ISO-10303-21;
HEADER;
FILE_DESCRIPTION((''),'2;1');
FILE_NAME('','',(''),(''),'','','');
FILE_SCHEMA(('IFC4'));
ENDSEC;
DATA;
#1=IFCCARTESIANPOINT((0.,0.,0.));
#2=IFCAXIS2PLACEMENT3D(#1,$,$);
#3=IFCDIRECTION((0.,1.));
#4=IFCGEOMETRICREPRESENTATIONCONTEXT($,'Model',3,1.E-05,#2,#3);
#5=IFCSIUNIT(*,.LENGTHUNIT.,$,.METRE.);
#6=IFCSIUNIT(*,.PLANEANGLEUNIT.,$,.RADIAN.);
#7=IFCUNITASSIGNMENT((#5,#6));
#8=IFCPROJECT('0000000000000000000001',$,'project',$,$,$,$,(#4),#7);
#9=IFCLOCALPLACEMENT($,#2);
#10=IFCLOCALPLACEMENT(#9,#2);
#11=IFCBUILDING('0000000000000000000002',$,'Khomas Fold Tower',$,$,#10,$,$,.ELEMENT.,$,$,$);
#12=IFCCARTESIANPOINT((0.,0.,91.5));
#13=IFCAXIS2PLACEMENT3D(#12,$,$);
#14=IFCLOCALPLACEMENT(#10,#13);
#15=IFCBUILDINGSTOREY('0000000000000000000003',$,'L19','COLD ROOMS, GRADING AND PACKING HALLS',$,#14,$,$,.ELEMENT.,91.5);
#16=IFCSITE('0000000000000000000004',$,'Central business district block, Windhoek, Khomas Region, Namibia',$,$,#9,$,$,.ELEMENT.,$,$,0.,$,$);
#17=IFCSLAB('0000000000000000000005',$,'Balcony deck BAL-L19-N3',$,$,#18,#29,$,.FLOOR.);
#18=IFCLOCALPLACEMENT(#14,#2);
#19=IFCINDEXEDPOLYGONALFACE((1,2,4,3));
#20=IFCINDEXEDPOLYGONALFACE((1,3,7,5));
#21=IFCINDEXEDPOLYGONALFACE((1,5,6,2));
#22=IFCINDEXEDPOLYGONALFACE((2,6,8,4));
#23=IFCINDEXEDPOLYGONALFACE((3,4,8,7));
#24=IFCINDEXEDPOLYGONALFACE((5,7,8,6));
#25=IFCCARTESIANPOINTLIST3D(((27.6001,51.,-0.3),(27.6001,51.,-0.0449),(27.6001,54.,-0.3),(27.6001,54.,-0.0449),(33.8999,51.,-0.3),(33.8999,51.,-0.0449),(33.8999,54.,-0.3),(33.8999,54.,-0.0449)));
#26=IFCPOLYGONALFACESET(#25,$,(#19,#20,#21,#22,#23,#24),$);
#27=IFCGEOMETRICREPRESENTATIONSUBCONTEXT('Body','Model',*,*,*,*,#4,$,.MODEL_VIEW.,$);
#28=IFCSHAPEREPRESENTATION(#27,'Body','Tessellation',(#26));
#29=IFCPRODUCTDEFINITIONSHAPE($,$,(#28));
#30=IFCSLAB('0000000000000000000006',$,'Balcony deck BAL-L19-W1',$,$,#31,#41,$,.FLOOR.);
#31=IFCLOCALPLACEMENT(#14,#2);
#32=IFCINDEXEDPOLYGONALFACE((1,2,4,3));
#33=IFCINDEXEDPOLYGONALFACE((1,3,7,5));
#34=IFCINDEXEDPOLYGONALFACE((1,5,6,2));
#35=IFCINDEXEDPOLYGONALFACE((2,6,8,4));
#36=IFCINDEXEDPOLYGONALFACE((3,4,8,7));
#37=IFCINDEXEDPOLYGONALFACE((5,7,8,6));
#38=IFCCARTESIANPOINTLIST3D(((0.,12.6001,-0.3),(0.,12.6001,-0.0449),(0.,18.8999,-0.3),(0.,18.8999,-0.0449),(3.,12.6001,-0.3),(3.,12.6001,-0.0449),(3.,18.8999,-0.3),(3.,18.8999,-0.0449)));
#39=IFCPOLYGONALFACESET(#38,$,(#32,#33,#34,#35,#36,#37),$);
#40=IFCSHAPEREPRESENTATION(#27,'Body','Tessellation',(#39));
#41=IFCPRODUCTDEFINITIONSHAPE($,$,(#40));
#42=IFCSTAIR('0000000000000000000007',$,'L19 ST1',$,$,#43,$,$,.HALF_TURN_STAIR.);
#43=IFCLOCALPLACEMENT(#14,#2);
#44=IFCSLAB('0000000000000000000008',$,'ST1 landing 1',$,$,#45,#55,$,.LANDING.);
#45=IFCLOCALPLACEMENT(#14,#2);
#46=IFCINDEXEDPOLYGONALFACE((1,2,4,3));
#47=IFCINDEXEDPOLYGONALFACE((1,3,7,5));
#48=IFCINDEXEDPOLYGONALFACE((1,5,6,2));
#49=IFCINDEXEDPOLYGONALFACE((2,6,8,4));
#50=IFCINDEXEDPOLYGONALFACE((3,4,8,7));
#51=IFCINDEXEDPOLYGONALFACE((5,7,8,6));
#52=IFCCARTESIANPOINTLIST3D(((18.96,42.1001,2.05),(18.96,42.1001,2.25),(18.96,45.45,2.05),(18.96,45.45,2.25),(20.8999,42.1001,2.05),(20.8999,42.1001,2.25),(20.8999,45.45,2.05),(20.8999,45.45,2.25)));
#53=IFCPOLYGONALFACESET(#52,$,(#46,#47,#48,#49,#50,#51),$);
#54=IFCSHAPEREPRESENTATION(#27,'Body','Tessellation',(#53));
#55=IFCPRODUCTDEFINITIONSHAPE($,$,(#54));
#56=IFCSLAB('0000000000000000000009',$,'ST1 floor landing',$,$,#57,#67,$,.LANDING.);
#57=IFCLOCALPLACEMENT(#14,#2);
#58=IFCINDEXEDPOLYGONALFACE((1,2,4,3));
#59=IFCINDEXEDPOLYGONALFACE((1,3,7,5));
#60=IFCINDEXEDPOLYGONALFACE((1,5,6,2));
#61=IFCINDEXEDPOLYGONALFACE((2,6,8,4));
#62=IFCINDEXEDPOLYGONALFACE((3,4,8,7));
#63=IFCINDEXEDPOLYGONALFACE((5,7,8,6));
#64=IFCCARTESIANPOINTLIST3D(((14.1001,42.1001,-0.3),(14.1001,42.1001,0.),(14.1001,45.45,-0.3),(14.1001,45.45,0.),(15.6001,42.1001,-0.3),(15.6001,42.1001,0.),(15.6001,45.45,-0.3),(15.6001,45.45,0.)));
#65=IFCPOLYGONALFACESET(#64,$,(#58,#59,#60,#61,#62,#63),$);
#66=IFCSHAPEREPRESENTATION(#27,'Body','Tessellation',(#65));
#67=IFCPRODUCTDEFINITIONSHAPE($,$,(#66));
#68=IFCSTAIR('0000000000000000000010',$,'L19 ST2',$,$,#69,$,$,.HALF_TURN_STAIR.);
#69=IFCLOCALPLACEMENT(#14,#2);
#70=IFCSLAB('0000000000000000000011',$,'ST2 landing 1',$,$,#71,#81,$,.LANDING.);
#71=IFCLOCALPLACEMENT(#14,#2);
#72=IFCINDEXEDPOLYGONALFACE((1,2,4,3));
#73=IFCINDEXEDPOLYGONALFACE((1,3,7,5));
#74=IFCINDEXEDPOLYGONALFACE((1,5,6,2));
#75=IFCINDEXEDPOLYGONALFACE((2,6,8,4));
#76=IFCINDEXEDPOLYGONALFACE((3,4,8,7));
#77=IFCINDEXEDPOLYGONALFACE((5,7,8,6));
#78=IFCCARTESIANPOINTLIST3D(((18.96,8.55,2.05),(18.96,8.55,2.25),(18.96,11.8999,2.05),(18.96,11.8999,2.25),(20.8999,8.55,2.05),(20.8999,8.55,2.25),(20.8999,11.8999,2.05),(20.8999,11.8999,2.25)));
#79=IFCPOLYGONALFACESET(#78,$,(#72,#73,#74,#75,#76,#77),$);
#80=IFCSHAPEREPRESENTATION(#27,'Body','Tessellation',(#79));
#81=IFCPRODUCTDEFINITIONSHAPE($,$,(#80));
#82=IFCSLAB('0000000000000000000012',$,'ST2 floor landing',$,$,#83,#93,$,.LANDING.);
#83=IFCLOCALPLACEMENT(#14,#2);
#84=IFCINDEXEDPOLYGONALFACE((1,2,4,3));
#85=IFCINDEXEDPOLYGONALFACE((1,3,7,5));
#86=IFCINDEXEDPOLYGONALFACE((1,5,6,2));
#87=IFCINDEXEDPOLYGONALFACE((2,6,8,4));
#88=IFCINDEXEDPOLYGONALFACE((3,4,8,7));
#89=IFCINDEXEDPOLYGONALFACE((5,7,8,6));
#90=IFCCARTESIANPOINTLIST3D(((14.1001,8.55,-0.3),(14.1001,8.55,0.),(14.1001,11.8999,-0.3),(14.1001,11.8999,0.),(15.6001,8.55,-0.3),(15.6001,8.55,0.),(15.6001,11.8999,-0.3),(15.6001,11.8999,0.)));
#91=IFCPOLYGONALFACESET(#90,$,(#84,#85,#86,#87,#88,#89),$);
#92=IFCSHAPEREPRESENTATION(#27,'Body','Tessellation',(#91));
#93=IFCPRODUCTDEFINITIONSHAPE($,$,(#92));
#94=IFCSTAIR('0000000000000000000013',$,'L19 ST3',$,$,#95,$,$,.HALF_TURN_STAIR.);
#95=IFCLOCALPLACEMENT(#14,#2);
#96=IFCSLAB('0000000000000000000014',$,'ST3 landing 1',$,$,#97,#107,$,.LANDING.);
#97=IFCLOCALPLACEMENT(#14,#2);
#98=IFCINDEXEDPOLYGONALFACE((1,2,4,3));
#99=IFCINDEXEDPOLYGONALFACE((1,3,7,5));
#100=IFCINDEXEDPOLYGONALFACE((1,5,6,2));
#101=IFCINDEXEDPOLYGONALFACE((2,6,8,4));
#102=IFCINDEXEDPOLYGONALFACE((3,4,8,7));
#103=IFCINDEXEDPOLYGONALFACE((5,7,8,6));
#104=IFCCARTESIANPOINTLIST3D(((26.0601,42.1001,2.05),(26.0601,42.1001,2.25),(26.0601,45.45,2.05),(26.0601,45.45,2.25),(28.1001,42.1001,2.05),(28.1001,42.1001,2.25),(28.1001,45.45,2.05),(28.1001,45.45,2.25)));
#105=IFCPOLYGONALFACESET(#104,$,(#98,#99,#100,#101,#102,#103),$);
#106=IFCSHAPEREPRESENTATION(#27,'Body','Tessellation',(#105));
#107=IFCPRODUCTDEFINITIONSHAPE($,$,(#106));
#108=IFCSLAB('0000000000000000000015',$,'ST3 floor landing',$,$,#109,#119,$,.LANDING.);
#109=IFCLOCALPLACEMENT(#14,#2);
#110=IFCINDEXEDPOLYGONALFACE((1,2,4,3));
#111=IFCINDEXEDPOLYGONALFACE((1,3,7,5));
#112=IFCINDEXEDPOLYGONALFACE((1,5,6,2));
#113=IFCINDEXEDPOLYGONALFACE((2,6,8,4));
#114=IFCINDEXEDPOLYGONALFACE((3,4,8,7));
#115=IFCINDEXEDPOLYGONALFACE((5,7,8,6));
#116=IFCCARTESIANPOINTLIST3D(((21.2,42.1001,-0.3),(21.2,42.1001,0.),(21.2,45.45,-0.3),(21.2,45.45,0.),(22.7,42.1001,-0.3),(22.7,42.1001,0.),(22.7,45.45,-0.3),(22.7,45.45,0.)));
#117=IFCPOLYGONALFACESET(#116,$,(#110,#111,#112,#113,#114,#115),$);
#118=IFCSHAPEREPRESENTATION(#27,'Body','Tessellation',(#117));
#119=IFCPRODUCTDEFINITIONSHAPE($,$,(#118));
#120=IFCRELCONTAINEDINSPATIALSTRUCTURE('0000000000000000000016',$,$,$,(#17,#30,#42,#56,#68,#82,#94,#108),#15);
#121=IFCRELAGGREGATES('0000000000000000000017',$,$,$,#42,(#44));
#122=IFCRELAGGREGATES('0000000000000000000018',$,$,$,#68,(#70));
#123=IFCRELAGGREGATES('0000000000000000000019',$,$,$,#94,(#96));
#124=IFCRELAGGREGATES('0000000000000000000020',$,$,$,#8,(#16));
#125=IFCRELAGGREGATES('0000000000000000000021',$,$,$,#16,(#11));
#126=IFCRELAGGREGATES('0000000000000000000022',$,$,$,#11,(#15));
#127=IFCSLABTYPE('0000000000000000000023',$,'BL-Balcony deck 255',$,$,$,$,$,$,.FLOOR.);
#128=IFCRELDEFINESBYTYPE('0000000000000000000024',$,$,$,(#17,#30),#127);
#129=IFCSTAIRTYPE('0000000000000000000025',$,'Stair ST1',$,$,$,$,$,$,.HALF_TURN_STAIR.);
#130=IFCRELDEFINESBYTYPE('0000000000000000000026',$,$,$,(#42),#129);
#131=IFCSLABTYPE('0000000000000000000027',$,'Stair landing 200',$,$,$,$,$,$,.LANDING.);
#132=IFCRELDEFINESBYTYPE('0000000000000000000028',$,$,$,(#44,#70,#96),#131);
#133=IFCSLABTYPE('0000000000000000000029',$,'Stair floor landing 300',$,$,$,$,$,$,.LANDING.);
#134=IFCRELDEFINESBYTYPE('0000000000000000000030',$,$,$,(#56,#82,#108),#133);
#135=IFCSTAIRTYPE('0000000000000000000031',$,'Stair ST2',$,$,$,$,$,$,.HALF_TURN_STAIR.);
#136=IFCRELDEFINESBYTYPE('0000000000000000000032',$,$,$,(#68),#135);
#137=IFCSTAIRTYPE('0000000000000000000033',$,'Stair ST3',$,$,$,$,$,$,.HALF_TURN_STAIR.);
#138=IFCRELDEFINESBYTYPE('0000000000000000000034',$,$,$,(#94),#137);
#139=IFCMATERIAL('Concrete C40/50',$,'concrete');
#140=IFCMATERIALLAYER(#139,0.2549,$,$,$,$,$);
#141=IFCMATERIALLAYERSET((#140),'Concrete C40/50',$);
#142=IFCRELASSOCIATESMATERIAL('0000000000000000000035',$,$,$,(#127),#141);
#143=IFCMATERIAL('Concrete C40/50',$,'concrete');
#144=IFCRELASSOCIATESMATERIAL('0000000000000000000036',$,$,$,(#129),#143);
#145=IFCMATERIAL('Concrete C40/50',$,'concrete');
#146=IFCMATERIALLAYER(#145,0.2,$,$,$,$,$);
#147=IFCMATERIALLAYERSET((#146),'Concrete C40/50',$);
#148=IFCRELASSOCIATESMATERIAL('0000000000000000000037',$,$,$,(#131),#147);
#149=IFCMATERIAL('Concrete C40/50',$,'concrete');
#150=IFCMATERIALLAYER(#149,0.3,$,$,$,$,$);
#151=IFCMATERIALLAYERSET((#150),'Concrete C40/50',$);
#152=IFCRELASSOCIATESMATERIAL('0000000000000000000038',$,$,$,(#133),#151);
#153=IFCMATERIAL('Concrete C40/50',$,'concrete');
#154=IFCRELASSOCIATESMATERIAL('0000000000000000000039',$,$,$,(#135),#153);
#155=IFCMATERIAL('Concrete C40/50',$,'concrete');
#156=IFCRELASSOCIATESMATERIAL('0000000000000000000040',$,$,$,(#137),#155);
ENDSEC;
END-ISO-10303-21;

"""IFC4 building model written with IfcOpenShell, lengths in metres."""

from ifc_helpers import new_model, si_unit, direction, frame, origin, place, context, subcontext, project, spatial, polyline, outline, extrude, source, transform, mapped, material, layer, layer_set, type_object, element, aggregate, save


model = new_model("IFC4")

# Units and contexts
model_context = context("Model", 3, precision=1e-05, world=origin(), true_north=direction((0.0, 1.0)))
body_context = subcontext(model_context, "Body", "Model", "MODEL_VIEW")
ifc_project = project(units=[si_unit("LENGTHUNIT", "METRE"), si_unit("PLANEANGLEUNIT", "RADIAN")], contexts=[model_context])

# Site, building, storey
site_placement = place(None, origin())
site = spatial("IfcSite", under=ifc_project, at=site_placement, Name="Central business district block, Windhoek, Khomas Region, Namibia", CompositionType="ELEMENT", RefElevation=0.0)
building_placement = place(site_placement, origin())
building = spatial("IfcBuilding", under=site, at=building_placement, Name="Khomas Fold Tower", CompositionType="ELEMENT")
storey_placement = place(building_placement, frame((0.0, 0.0, 91.5)))
storey = spatial("IfcBuildingStorey", under=building, at=storey_placement, Name="L19", Description="COLD ROOMS, GRADING AND PACKING HALLS", CompositionType="ELEMENT", Elevation=91.5)

# Slabs
ifc_material_1 = material(Name="Concrete C40/50", Category="concrete")
ifc_layer_1 = layer(ifc_material_1, 0.2549)
ifc_layer_set_1 = layer_set([ifc_layer_1], Name="Concrete C40/50")
slab_type_1 = type_object("IfcSlabType", Name="BL-Balcony deck 255", PredefinedType="FLOOR", material=ifc_layer_set_1)
shared_shape_1 = source(origin(), body_context, "Body", "SweptSolid", [
    extrude(outline(polyline([(27.6001, 51.0), (33.8999, 51.0), (33.8999, 54.0), (27.6001, 54.0), (27.6001, 51.0)])), origin(), (0.0, 0.0, 1.0), 0.2551),
])
slab_1_placement = place(storey_placement, frame((0.0, 0.0, -0.3)))
element("IfcSlab", 1, at=slab_1_placement, inside=storey, type_object=slab_type_1, Name="Balcony deck BAL-L19-N3", PredefinedType="FLOOR", context=body_context, shape_type="MappedRepresentation", body=[
    mapped(shared_shape_1, transform((0.0, 0.0, 0.0))),
])
shared_shape_2 = source(origin(), body_context, "Body", "SweptSolid", [
    extrude(outline(polyline([(0.0, 12.6001), (3.0, 12.6001), (3.0, 18.8999), (0.0, 18.8999), (0.0, 12.6001)])), origin(), (0.0, 0.0, 1.0), 0.2551),
])
slab_2_placement = place(storey_placement, frame((0.0, 0.0, -0.3)))
element("IfcSlab", 2, at=slab_2_placement, inside=storey, type_object=slab_type_1, Name="Balcony deck BAL-L19-W1", PredefinedType="FLOOR", context=body_context, shape_type="MappedRepresentation", body=[
    mapped(shared_shape_2, transform((0.0, 0.0, 0.0))),
])

# Stair, slab
ifc_material_2 = material(Name="Concrete C40/50", Category="concrete")
stair_type_1 = type_object("IfcStairType", Name="Stair ST1", PredefinedType="HALF_TURN_STAIR", material=ifc_material_2)
stair_1_placement = place(storey_placement, origin())
stair_1 = element("IfcStair", 3, at=stair_1_placement, inside=storey, type_object=stair_type_1, Name="L19 ST1", PredefinedType="HALF_TURN_STAIR")
ifc_material_3 = material(Name="Concrete C40/50", Category="concrete")
ifc_layer_2 = layer(ifc_material_3, 0.2)
ifc_layer_set_2 = layer_set([ifc_layer_2], Name="Concrete C40/50")
slab_type_2 = type_object("IfcSlabType", Name="Stair landing 200", PredefinedType="LANDING", material=ifc_layer_set_2)
shared_shape_3 = source(origin(), body_context, "Body", "SweptSolid", [
    extrude(outline(polyline([(18.96, 42.1001), (20.8999, 42.1001), (20.8999, 45.45), (18.96, 45.45), (18.96, 42.1001)])), origin(), (0.0, 0.0, 1.0), 0.2),
])
slab_3_placement = place(storey_placement, frame((0.0, 0.0, 2.05)))
slab_3 = element("IfcSlab", 4, at=slab_3_placement, type_object=slab_type_2, Name="ST1 landing 1", PredefinedType="LANDING", context=body_context, shape_type="MappedRepresentation", body=[
    mapped(shared_shape_3, transform((0.0, 0.0, 0.0))),
])
aggregate(stair_1, [slab_3])

# Slab
ifc_material_4 = material(Name="Concrete C40/50", Category="concrete")
ifc_layer_3 = layer(ifc_material_4, 0.3)
ifc_layer_set_3 = layer_set([ifc_layer_3], Name="Concrete C40/50")
slab_type_3 = type_object("IfcSlabType", Name="Stair floor landing 300", PredefinedType="LANDING", material=ifc_layer_set_3)
shared_shape_4 = source(origin(), body_context, "Body", "SweptSolid", [
    extrude(outline(polyline([(15.6001, 42.1001), (14.1001, 42.1001), (14.1001, 45.45), (15.6001, 45.45), (15.6001, 42.1001)])), origin(), (0.0, 0.0, 1.0), 0.3),
])
slab_4_placement = place(storey_placement, frame((0.0, 0.0, -0.3)))
element("IfcSlab", 5, at=slab_4_placement, inside=storey, type_object=slab_type_3, Name="ST1 floor landing", PredefinedType="LANDING", context=body_context, shape_type="MappedRepresentation", body=[
    mapped(shared_shape_4, transform((0.0, 0.0, 0.0))),
])

# Stair, slab
ifc_material_5 = material(Name="Concrete C40/50", Category="concrete")
stair_type_2 = type_object("IfcStairType", Name="Stair ST2", PredefinedType="HALF_TURN_STAIR", material=ifc_material_5)
stair_2_placement = place(storey_placement, origin())
stair_2 = element("IfcStair", 6, at=stair_2_placement, inside=storey, type_object=stair_type_2, Name="L19 ST2", PredefinedType="HALF_TURN_STAIR")
shared_shape_5 = source(origin(), body_context, "Body", "SweptSolid", [
    extrude(outline(polyline([(18.96, 8.55), (20.8999, 8.55), (20.8999, 11.8999), (18.96, 11.8999), (18.96, 8.55)])), origin(), (0.0, 0.0, 1.0), 0.2),
])
slab_5_placement = place(storey_placement, frame((0.0, 0.0, 2.05)))
slab_5 = element("IfcSlab", 7, at=slab_5_placement, type_object=slab_type_2, Name="ST2 landing 1", PredefinedType="LANDING", context=body_context, shape_type="MappedRepresentation", body=[
    mapped(shared_shape_5, transform((0.0, 0.0, 0.0))),
])
aggregate(stair_2, [slab_5])

# Slab
shared_shape_6 = source(origin(), body_context, "Body", "SweptSolid", [
    extrude(outline(polyline([(15.6001, 8.55), (14.1001, 8.55), (14.1001, 11.8999), (15.6001, 11.8999), (15.6001, 8.55)])), origin(), (0.0, 0.0, 1.0), 0.3),
])
slab_6_placement = place(storey_placement, frame((0.0, 0.0, -0.3)))
element("IfcSlab", 8, at=slab_6_placement, inside=storey, type_object=slab_type_3, Name="ST2 floor landing", PredefinedType="LANDING", context=body_context, shape_type="MappedRepresentation", body=[
    mapped(shared_shape_6, transform((0.0, 0.0, 0.0))),
])

# Stair, slab
ifc_material_6 = material(Name="Concrete C40/50", Category="concrete")
stair_type_3 = type_object("IfcStairType", Name="Stair ST3", PredefinedType="HALF_TURN_STAIR", material=ifc_material_6)
stair_3_placement = place(storey_placement, origin())
stair_3 = element("IfcStair", 9, at=stair_3_placement, inside=storey, type_object=stair_type_3, Name="L19 ST3", PredefinedType="HALF_TURN_STAIR")
shared_shape_7 = source(origin(), body_context, "Body", "SweptSolid", [
    extrude(outline(polyline([(26.0601, 42.1001), (28.1001, 42.1001), (28.1001, 45.45), (26.0601, 45.45), (26.0601, 42.1001)])), origin(), (0.0, 0.0, 1.0), 0.2),
])
slab_7_placement = place(storey_placement, frame((0.0, 0.0, 2.05)))
slab_7 = element("IfcSlab", 10, at=slab_7_placement, type_object=slab_type_2, Name="ST3 landing 1", PredefinedType="LANDING", context=body_context, shape_type="MappedRepresentation", body=[
    mapped(shared_shape_7, transform((0.0, 0.0, 0.0))),
])
aggregate(stair_3, [slab_7])

# Slab
shared_shape_8 = source(origin(), body_context, "Body", "SweptSolid", [
    extrude(outline(polyline([(22.7, 42.1001), (21.2, 42.1001), (21.2, 45.45), (22.7, 45.45), (22.7, 42.1001)])), origin(), (0.0, 0.0, 1.0), 0.3),
])
slab_8_placement = place(storey_placement, frame((0.0, 0.0, -0.3)))
element("IfcSlab", 11, at=slab_8_placement, inside=storey, type_object=slab_type_3, Name="ST3 floor landing", PredefinedType="LANDING", context=body_context, shape_type="MappedRepresentation", body=[
    mapped(shared_shape_8, transform((0.0, 0.0, 0.0))),
])

save(model, "model.ifc")
